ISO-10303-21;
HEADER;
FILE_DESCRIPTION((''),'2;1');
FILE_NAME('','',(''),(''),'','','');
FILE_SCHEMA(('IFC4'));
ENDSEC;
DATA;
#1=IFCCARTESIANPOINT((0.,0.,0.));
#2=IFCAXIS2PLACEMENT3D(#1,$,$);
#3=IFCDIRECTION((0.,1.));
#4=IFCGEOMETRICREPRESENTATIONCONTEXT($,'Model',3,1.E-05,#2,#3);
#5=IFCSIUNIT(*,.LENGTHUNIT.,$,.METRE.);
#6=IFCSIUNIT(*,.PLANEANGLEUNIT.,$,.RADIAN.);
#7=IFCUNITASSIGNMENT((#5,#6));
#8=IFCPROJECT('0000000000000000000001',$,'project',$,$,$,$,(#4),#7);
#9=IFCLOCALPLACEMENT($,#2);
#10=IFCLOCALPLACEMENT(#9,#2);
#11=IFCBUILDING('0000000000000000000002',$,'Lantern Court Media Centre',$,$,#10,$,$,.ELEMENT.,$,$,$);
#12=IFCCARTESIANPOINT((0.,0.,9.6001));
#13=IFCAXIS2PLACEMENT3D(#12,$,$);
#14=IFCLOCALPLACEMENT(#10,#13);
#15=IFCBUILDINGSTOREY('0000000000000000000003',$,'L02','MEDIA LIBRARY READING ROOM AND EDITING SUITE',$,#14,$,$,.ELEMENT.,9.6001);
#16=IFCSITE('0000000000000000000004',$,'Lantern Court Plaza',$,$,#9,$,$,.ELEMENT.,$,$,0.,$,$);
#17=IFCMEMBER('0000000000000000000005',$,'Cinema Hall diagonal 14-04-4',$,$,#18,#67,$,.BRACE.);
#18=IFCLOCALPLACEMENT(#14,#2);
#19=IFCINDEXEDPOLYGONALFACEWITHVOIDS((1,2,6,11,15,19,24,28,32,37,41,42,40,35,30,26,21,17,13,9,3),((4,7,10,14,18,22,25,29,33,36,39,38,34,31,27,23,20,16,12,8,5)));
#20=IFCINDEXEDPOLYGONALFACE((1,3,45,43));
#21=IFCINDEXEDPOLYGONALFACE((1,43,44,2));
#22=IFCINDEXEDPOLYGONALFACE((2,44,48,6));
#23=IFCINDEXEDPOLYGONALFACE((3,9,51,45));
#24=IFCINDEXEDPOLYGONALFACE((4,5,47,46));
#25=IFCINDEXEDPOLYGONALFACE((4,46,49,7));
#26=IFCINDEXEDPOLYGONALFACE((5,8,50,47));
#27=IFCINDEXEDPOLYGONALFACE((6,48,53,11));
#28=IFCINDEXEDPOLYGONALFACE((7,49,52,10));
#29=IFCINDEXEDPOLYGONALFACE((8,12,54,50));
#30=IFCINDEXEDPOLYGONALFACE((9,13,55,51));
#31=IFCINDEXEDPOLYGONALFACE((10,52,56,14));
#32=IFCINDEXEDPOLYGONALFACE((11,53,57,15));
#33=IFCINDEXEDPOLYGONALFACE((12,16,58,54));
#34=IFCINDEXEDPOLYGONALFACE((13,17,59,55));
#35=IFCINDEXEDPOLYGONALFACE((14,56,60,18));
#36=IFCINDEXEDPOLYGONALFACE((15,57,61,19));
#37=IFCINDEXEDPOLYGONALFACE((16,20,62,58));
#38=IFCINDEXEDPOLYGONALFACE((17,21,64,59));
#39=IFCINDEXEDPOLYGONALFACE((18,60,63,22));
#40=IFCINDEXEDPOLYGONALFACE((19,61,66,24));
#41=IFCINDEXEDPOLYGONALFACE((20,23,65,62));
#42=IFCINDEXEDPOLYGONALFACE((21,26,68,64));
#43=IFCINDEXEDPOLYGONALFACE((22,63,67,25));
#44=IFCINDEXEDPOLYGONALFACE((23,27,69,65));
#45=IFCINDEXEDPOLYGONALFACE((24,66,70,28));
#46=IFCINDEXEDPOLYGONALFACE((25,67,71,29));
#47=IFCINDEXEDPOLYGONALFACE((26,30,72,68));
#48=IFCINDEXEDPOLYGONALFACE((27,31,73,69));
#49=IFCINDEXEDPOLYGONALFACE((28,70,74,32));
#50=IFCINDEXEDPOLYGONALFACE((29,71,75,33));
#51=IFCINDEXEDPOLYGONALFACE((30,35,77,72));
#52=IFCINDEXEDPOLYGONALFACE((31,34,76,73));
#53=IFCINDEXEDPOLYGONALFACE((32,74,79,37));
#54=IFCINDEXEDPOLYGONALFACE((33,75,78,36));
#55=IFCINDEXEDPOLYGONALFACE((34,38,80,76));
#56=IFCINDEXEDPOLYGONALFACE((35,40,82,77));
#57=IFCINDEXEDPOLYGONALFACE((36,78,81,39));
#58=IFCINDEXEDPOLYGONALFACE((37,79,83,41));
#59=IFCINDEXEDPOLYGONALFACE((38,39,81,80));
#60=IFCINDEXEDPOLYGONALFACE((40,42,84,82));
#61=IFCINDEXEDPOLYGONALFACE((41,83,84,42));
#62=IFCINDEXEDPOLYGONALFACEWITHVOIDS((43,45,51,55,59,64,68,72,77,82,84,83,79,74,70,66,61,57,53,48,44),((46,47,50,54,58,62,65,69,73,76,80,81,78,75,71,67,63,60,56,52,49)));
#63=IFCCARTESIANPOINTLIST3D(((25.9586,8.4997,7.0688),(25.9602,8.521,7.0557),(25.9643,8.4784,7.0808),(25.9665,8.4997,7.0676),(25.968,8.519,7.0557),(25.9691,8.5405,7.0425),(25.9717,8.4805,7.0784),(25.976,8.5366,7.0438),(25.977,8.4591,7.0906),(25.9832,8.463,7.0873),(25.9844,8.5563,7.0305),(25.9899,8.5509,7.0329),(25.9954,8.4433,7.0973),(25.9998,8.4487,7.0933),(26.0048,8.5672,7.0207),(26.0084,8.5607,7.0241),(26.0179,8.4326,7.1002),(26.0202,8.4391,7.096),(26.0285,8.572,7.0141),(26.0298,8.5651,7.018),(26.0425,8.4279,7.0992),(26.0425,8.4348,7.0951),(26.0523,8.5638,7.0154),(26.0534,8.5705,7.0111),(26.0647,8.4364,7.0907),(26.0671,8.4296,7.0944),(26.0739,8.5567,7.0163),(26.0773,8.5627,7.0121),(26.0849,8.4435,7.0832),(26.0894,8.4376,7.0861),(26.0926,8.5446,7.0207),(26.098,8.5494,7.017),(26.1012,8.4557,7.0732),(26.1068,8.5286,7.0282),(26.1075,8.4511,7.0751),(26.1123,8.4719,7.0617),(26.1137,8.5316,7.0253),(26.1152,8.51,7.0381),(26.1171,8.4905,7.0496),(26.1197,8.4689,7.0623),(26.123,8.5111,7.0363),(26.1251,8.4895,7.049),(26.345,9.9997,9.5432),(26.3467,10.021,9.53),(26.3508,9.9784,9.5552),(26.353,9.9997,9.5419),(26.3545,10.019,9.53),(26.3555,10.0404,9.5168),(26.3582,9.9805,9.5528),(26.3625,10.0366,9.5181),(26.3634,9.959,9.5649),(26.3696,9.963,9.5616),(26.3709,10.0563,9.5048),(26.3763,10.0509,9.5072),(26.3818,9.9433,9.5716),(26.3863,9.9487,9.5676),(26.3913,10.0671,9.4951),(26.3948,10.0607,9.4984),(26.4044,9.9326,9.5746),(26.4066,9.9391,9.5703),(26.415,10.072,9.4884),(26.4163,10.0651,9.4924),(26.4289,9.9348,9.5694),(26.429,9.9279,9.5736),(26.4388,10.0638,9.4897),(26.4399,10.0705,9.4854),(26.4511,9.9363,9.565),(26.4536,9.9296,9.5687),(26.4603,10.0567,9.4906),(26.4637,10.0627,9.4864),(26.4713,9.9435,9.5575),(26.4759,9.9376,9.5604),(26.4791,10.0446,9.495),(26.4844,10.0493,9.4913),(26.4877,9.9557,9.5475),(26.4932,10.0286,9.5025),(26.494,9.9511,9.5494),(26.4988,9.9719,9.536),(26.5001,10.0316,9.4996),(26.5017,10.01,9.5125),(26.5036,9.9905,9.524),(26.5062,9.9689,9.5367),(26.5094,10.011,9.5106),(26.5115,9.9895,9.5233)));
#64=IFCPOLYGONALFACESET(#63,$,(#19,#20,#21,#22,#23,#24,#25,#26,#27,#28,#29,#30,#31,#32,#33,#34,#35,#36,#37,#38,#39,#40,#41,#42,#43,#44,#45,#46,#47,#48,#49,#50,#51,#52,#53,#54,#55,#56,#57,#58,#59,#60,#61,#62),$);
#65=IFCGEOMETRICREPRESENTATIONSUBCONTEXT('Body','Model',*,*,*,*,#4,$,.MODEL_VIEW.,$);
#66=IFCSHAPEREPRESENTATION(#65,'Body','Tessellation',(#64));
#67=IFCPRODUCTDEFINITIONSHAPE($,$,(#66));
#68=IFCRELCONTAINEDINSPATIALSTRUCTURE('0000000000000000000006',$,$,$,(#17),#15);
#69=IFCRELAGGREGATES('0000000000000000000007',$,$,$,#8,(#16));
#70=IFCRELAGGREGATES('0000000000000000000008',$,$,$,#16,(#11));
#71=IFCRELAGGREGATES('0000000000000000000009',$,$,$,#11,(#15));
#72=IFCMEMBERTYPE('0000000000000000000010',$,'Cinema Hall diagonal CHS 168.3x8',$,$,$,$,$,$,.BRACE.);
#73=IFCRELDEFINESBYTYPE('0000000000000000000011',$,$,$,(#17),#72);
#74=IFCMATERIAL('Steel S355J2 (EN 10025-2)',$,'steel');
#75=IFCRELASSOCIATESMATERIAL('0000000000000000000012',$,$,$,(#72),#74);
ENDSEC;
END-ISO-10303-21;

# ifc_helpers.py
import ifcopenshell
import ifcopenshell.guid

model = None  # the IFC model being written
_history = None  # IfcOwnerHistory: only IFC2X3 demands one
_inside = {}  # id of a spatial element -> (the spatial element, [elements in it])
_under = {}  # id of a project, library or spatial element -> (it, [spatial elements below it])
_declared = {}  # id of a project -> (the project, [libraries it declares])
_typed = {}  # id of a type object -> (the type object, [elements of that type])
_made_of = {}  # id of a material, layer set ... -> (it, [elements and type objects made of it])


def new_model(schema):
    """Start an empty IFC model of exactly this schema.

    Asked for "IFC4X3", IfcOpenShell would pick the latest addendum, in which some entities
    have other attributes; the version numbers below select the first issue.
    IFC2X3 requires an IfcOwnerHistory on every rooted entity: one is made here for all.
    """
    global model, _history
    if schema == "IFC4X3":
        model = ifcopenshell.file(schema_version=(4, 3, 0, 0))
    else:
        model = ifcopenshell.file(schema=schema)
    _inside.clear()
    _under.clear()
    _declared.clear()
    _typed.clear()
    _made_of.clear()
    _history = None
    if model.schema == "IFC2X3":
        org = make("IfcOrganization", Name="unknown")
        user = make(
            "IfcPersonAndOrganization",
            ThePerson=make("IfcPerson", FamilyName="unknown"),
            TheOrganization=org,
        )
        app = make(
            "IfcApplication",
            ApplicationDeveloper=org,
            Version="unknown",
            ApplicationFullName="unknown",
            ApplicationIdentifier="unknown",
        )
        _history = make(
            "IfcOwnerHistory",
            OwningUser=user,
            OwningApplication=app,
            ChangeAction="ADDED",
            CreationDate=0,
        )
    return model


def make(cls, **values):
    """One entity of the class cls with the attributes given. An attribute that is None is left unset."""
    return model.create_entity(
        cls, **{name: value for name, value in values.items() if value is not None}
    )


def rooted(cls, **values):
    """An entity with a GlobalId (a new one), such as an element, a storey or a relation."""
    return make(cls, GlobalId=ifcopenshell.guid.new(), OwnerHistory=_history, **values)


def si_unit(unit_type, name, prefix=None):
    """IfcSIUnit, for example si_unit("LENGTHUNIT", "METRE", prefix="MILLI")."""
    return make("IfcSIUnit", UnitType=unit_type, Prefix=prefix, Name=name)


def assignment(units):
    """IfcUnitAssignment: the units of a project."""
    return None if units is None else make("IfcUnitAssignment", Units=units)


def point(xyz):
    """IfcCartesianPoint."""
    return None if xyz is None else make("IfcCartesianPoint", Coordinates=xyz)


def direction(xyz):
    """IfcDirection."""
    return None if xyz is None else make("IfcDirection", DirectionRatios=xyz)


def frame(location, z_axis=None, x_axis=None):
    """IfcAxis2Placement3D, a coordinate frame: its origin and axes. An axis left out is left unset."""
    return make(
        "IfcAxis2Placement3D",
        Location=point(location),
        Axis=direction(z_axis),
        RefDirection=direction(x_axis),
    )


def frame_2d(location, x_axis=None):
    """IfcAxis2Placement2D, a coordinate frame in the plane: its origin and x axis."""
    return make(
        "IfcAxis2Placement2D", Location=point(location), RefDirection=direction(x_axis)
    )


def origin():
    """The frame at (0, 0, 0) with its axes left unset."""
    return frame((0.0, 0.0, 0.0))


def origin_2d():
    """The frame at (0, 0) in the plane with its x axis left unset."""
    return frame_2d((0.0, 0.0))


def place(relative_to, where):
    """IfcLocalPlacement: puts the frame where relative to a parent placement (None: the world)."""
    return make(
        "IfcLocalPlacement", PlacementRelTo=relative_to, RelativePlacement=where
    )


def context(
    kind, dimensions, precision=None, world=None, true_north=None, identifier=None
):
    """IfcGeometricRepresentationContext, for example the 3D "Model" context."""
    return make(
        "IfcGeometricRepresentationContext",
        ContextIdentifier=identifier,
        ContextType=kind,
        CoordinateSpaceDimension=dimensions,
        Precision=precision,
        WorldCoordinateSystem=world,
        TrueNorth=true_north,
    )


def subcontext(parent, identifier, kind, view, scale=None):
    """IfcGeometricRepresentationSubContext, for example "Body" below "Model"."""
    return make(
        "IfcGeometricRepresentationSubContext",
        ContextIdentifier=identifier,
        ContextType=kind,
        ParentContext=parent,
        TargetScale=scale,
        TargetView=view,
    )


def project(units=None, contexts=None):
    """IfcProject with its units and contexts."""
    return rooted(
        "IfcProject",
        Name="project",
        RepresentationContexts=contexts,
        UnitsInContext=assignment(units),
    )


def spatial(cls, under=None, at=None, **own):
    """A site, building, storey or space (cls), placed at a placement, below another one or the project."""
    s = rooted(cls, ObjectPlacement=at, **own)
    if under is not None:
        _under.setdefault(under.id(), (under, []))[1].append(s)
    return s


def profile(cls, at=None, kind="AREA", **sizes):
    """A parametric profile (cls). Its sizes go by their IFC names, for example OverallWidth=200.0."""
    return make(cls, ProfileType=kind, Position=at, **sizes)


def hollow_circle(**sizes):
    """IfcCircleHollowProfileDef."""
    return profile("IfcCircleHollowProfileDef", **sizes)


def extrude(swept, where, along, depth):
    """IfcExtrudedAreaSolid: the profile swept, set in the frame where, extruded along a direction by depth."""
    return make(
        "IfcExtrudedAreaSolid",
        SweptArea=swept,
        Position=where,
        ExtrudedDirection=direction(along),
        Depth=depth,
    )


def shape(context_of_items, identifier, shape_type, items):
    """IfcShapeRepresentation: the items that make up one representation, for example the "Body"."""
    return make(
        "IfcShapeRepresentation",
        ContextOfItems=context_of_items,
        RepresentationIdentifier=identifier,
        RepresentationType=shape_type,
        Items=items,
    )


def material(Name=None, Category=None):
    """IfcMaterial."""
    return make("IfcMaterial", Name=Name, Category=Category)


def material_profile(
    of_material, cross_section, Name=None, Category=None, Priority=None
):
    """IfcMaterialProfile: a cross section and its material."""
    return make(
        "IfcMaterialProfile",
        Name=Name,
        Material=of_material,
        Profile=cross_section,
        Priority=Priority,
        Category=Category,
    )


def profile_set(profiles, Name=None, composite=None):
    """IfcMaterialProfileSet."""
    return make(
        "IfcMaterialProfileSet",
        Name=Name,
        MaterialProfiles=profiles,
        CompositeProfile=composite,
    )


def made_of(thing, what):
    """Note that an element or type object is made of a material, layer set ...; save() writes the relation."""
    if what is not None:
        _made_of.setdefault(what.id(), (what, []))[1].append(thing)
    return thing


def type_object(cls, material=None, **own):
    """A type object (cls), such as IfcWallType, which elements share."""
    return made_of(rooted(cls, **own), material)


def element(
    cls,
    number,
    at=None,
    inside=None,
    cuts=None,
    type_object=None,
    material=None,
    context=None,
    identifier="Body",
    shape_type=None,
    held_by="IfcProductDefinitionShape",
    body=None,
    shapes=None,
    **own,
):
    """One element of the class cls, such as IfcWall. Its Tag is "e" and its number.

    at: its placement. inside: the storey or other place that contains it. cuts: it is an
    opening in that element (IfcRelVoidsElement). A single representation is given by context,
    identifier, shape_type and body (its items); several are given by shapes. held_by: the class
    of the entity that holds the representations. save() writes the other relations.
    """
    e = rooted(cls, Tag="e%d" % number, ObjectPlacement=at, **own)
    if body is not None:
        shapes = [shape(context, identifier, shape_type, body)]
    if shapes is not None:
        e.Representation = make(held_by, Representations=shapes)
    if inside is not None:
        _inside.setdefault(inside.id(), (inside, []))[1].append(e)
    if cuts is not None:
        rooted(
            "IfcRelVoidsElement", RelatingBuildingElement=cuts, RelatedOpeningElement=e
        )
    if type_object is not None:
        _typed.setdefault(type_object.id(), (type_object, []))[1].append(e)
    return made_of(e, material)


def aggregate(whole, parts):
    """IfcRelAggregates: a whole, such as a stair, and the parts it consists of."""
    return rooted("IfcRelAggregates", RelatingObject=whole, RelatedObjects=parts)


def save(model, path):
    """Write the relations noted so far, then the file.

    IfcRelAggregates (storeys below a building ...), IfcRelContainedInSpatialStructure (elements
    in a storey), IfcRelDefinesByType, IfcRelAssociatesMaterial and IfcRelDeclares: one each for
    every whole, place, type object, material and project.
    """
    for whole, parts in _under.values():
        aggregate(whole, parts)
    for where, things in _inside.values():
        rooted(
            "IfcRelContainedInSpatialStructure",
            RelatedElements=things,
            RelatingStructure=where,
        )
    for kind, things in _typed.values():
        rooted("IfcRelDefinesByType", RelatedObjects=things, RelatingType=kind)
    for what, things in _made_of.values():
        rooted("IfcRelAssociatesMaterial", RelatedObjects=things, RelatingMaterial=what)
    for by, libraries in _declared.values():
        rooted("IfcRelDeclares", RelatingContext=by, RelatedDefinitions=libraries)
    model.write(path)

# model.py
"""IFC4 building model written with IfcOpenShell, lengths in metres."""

from ifc_helpers import new_model, si_unit, direction, frame, origin, origin_2d, place, context, subcontext, project, spatial, hollow_circle, extrude, material, material_profile, profile_set, type_object, element, save


model = new_model("IFC4")

# Units and contexts
model_context = context("Model", 3, precision=1e-05, world=origin(), true_north=direction((0.0, 1.0)))
body_context = subcontext(model_context, "Body", "Model", "MODEL_VIEW")
ifc_project = project(units=[si_unit("LENGTHUNIT", "METRE"), si_unit("PLANEANGLEUNIT", "RADIAN")], contexts=[model_context])

# Site, building, storey
site_placement = place(None, origin())
site = spatial("IfcSite", under=ifc_project, at=site_placement, Name="Lantern Court Plaza", CompositionType="ELEMENT", RefElevation=0.0)
building_placement = place(site_placement, origin())
building = spatial("IfcBuilding", under=site, at=building_placement, Name="Lantern Court Media Centre", CompositionType="ELEMENT")
storey_placement = place(building_placement, frame((0.0, 0.0, 9.6001)))
storey = spatial("IfcBuildingStorey", under=building, at=storey_placement, Name="L02", Description="MEDIA LIBRARY READING ROOM AND EDITING SUITE", CompositionType="ELEMENT", Elevation=9.6001)

# Member
ifc_material = material(Name="Steel S355J2 (EN 10025-2)", Category="steel")
ifc_material_profile_1 = material_profile(ifc_material, hollow_circle(Radius=0.0842, WallThickness=0.0081, at=origin_2d()), Name="Cinema Hall diagonal CHS 168.3x8")
ifc_profile_set_1 = profile_set([ifc_material_profile_1], Name="Steel S355J2 (EN 10025-2)")
member_type_1 = type_object("IfcMemberType", Name="Cinema Hall diagonal CHS 168.3x8", PredefinedType="BRACE", material=ifc_profile_set_1)
member_1_placement = place(storey_placement, frame((26.0417, 8.5, 7.0557), z_axis=(0.13239, 0.513836, 0.847612), x_axis=(-0.968374, 0.249501, 0.0)))
element("IfcMember", 1, at=member_1_placement, inside=storey, type_object=member_type_1, Name="Cinema Hall diagonal 14-04-4", PredefinedType="BRACE", context=body_context, shape_type="SweptSolid", body=[
    extrude(hollow_circle(Radius=0.0842, WallThickness=0.0081, at=origin_2d()), origin(), (0.0, 0.0, 1.0), 2.9192),
])

save(model, "model.ifc")
